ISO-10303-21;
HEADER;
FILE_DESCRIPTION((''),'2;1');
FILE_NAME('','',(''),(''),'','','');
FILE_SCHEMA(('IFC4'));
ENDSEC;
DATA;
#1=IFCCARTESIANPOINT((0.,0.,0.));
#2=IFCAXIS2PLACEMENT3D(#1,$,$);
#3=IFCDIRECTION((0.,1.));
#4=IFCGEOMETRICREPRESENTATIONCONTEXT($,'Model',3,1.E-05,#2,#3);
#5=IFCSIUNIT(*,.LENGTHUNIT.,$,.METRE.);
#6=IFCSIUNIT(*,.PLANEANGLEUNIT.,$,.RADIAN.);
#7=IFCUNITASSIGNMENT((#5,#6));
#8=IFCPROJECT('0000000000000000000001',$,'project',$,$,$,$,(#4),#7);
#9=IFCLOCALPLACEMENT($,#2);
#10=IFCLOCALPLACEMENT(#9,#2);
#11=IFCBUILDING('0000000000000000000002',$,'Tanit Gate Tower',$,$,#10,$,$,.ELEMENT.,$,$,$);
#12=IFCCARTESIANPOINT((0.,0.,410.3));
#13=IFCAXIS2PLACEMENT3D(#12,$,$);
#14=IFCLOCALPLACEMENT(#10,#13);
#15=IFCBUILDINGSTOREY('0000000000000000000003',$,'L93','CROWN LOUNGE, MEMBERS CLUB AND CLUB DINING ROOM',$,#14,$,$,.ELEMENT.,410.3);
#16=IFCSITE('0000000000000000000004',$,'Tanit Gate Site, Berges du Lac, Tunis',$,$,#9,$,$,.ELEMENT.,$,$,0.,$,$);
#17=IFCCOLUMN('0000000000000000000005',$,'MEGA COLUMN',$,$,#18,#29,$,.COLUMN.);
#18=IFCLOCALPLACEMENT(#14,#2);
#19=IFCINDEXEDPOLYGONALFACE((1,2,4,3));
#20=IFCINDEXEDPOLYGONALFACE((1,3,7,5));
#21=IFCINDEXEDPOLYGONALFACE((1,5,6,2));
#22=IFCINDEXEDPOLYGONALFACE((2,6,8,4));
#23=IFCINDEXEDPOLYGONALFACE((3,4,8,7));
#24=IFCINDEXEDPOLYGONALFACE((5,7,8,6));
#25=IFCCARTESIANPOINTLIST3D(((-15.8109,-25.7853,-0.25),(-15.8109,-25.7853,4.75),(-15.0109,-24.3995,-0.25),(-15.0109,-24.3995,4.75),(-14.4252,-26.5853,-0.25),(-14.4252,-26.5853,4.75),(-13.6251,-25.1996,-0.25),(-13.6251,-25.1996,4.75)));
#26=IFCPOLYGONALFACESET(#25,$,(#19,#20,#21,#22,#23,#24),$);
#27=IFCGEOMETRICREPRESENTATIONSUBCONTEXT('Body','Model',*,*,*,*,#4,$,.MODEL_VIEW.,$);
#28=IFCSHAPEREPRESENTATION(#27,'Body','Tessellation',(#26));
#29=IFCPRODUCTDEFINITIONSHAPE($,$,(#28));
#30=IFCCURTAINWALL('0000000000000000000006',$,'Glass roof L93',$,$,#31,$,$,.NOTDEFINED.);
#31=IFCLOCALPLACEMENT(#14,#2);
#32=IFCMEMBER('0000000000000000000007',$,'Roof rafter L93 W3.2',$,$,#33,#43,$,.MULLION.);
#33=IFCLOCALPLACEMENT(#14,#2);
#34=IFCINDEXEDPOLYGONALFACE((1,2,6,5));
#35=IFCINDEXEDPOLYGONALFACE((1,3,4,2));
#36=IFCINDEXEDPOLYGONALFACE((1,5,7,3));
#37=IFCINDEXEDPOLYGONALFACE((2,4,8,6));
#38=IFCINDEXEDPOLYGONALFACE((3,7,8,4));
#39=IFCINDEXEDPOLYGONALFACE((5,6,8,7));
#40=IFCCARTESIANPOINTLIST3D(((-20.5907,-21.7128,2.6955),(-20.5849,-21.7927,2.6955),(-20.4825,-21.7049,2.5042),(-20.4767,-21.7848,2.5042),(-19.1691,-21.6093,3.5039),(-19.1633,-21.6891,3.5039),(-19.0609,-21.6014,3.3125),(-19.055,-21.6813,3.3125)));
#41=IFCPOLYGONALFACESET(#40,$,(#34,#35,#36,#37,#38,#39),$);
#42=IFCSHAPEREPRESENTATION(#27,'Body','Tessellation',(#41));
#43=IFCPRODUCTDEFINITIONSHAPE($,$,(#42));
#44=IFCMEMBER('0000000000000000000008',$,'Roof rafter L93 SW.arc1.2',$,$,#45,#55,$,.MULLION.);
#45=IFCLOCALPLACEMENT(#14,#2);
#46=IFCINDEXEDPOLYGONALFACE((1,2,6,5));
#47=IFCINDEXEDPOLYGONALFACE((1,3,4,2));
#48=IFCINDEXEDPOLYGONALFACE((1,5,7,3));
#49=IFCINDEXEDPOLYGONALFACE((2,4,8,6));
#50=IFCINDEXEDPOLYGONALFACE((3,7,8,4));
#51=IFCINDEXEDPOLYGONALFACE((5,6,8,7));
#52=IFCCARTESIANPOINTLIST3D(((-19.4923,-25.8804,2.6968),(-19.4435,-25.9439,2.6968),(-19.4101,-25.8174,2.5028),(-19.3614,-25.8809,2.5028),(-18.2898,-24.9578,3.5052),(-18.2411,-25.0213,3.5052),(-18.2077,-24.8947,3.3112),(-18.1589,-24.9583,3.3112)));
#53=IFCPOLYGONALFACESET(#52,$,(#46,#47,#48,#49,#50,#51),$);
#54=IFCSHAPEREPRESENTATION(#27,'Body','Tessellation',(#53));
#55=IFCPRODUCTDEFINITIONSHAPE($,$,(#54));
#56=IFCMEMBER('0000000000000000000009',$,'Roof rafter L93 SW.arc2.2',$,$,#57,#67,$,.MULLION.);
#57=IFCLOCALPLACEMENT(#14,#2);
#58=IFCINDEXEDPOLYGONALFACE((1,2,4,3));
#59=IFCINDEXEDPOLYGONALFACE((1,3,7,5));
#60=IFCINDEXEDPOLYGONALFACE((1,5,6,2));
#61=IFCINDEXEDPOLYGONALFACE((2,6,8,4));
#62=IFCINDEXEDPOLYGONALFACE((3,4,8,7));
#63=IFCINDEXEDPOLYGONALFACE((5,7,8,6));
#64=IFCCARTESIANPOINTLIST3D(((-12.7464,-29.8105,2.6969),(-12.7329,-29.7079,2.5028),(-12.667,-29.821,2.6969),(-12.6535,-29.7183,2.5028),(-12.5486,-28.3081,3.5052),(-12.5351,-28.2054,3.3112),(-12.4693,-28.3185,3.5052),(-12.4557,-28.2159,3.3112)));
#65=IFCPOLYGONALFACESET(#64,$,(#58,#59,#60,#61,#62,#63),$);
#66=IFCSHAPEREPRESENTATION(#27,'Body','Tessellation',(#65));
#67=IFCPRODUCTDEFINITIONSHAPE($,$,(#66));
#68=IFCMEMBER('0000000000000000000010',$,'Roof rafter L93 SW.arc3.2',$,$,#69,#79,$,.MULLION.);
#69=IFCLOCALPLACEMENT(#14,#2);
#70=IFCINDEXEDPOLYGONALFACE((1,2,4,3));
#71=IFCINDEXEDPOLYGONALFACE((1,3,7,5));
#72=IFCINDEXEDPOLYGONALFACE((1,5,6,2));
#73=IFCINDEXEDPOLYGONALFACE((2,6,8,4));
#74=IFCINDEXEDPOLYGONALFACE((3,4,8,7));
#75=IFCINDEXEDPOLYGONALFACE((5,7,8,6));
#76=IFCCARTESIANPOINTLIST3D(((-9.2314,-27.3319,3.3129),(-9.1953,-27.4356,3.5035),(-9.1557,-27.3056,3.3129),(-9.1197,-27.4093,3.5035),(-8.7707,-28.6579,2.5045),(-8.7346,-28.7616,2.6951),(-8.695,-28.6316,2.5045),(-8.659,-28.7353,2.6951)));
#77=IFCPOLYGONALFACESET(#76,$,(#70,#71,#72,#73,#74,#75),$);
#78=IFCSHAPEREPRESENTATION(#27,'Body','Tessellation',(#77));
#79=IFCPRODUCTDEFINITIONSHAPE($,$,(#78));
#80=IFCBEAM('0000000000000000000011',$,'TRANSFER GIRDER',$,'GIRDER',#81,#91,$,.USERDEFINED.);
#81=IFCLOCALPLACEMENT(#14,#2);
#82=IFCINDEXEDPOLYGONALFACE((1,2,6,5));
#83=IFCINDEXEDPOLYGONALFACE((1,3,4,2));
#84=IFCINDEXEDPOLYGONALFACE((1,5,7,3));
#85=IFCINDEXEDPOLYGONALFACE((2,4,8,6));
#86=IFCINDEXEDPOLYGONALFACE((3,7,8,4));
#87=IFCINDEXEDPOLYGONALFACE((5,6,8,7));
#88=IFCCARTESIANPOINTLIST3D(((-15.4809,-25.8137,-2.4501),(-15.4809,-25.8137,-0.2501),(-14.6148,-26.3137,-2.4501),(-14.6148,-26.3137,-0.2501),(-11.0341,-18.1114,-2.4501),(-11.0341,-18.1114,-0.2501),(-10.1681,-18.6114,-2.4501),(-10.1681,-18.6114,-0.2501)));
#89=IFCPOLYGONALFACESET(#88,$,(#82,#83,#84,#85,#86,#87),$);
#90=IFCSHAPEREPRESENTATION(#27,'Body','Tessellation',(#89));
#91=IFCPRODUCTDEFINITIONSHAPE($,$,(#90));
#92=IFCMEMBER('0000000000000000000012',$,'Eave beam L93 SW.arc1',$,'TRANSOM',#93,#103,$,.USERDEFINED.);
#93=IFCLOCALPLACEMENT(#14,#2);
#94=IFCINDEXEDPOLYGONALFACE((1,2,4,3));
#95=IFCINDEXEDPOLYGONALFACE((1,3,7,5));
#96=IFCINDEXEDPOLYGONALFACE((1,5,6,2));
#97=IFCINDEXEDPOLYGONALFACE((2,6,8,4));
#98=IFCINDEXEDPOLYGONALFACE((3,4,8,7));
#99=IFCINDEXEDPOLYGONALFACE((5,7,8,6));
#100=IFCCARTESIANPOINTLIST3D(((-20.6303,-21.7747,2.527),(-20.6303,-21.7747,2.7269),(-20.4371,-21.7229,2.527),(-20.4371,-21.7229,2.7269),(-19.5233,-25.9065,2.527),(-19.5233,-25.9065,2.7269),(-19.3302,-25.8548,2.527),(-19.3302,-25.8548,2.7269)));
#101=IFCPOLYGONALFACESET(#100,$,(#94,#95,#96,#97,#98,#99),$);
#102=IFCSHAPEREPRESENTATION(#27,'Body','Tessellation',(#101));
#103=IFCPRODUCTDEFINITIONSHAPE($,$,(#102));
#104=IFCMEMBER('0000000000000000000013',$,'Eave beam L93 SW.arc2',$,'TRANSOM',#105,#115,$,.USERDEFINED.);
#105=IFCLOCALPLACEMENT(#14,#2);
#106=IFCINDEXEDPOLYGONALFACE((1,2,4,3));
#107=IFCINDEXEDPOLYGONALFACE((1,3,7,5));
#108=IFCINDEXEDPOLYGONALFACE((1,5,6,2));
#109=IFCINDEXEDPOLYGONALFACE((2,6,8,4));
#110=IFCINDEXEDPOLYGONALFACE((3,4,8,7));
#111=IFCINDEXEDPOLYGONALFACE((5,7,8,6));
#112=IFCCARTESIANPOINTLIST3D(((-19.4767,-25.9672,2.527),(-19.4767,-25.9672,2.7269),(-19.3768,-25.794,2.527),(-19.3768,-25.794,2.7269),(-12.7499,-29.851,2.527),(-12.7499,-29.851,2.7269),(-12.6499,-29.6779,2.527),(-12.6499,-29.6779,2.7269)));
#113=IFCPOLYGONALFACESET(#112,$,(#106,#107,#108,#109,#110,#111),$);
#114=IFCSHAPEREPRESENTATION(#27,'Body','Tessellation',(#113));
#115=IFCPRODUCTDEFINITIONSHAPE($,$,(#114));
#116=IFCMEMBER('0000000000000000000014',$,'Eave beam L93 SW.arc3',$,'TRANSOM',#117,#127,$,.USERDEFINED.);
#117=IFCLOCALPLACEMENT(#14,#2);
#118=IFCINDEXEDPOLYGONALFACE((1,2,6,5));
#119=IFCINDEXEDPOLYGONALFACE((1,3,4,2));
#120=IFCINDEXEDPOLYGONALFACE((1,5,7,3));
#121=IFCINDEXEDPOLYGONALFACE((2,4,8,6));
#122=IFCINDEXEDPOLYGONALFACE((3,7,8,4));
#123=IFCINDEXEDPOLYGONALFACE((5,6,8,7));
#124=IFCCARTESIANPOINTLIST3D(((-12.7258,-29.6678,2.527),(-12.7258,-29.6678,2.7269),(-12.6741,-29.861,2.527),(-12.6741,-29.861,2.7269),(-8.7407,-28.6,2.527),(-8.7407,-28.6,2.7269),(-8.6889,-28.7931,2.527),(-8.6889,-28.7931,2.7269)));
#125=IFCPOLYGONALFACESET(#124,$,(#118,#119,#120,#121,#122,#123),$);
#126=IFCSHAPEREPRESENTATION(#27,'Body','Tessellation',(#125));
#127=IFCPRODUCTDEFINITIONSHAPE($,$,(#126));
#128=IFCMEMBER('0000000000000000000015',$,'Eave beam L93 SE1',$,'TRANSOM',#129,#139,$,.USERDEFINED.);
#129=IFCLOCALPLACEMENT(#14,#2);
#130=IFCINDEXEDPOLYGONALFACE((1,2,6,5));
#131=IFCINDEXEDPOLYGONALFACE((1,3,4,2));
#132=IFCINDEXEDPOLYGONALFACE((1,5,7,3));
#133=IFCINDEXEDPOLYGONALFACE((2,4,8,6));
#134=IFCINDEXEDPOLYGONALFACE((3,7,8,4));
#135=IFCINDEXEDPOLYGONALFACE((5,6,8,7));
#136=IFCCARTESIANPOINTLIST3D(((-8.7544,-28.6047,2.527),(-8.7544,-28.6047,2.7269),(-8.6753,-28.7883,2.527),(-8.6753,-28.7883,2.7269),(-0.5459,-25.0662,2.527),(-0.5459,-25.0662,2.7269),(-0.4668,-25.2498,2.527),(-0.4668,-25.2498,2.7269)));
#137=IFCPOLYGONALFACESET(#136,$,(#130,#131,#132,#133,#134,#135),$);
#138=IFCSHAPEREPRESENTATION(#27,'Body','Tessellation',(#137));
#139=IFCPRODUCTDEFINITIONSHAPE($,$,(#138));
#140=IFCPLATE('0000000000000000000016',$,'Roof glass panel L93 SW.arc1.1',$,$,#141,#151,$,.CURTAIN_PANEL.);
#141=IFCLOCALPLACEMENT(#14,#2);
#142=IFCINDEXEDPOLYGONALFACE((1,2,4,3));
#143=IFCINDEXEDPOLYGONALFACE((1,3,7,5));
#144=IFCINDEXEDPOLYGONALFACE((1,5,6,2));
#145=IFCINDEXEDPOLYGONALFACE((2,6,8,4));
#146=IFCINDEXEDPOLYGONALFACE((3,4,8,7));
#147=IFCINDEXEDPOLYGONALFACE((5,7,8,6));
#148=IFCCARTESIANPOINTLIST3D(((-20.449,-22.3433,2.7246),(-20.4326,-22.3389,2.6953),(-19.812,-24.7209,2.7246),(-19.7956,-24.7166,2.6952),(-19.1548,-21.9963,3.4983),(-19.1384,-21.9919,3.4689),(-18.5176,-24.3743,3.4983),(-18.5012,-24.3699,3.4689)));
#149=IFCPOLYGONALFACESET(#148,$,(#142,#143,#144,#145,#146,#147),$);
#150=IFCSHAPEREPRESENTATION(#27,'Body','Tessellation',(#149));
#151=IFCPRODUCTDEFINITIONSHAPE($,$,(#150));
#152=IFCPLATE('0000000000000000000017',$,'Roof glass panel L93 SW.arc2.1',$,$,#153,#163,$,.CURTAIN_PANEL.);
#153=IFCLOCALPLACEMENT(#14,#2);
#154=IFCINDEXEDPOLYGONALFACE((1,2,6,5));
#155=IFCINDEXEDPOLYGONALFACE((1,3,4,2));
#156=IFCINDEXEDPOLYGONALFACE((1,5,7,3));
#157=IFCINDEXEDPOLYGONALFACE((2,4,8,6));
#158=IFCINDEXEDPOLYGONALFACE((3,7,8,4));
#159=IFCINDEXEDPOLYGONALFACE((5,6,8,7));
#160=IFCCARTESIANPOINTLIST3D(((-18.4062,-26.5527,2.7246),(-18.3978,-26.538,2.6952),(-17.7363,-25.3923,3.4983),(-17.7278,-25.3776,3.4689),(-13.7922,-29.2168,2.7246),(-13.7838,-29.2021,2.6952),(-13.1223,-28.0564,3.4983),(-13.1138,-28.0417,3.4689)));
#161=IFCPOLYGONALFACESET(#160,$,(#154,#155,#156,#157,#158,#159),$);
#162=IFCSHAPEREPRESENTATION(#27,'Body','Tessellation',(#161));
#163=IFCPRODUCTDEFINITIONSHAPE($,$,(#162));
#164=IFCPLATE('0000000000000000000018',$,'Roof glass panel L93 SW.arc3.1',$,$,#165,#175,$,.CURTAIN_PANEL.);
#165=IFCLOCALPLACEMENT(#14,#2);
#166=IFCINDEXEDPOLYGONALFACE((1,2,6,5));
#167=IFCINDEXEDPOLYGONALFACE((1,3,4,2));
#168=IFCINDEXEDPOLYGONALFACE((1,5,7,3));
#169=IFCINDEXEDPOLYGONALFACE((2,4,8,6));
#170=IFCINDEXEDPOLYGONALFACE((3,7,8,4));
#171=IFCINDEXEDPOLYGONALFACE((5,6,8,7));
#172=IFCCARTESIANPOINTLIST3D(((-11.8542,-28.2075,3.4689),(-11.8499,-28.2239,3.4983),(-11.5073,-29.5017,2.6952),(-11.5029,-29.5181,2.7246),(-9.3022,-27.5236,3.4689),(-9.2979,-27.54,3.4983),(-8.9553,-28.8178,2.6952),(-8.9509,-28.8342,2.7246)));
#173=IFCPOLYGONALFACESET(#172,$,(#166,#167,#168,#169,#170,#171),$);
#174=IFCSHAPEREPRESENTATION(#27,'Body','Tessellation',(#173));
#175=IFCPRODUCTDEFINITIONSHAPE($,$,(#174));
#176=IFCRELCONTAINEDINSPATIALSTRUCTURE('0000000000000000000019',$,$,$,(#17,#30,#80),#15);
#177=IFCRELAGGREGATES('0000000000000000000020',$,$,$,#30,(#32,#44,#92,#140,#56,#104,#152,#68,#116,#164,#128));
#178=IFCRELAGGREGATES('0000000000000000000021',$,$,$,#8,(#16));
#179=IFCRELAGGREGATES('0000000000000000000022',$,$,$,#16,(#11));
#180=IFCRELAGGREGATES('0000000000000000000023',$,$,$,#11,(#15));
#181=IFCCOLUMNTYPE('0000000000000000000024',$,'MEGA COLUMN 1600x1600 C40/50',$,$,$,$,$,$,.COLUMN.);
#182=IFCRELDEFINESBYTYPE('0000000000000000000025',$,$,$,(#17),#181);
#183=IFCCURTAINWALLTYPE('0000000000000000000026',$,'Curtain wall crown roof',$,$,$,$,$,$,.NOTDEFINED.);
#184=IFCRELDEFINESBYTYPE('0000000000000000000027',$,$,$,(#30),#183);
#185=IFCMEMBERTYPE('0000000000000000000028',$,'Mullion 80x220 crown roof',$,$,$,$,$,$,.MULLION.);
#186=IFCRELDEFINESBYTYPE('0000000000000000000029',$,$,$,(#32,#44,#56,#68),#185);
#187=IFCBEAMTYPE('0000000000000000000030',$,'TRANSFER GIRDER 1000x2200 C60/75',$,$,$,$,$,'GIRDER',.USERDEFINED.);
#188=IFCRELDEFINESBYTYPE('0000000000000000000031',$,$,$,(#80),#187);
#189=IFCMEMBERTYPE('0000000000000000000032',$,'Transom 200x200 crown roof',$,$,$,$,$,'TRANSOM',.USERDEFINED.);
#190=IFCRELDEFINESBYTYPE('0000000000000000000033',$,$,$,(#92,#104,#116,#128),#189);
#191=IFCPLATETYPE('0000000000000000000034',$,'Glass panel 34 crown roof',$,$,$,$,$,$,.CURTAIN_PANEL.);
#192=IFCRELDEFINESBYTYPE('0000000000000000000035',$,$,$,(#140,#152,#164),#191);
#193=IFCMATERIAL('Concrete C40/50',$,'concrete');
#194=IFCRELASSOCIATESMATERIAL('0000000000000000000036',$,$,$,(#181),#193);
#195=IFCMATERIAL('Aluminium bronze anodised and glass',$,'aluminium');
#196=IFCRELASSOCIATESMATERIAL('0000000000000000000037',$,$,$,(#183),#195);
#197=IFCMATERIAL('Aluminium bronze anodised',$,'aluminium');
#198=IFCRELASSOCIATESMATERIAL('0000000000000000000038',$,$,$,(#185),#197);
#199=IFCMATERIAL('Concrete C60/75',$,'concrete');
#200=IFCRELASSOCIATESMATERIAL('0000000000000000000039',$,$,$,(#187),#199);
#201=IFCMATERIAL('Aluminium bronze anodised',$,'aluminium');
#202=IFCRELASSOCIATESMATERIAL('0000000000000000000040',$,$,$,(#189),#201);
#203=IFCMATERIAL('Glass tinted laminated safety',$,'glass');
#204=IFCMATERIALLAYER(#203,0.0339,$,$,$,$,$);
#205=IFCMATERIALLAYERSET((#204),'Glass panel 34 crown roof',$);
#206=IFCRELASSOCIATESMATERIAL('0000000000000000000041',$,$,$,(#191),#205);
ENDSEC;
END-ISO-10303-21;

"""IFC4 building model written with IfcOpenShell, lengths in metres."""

from ifc_helpers import new_model, si_unit, direction, frame, origin, origin_2d, place, context, subcontext, project, spatial, polyline, rectangle, outline, extrude, material, layer, layer_set, material_profile, profile_set, type_object, element, aggregate, save


model = new_model("IFC4")

# Units and contexts
model_context = context("Model", 3, precision=1e-05, world=origin(), true_north=direction((0.0, 1.0)))
body_context = subcontext(model_context, "Body", "Model", "MODEL_VIEW")
ifc_project = project(units=[si_unit("LENGTHUNIT", "METRE"), si_unit("PLANEANGLEUNIT", "RADIAN")], contexts=[model_context])

# Site, building, storey
site_placement = place(None, origin())
site = spatial("IfcSite", under=ifc_project, at=site_placement, Name="Tanit Gate Site, Berges du Lac, Tunis", CompositionType="ELEMENT", RefElevation=0.0)
building_placement = place(site_placement, origin())
building = spatial("IfcBuilding", under=site, at=building_placement, Name="Tanit Gate Tower", CompositionType="ELEMENT")
storey_placement = place(building_placement, frame((0.0, 0.0, 410.3)))
storey = spatial("IfcBuildingStorey", under=building, at=storey_placement, Name="L93", Description="CROWN LOUNGE, MEMBERS CLUB AND CLUB DINING ROOM", CompositionType="ELEMENT", Elevation=410.3)

# Column
ifc_material_1 = material(Name="Concrete C40/50", Category="concrete")
ifc_material_profile_1 = material_profile(ifc_material_1, rectangle(XDim=1.6001, YDim=1.6001, at=origin_2d()), Name="RC 1600x1600")
ifc_profile_set_1 = profile_set([ifc_material_profile_1], Name="Concrete C40/50")
column_type = type_object("IfcColumnType", Name="MEGA COLUMN 1600x1600 C40/50", PredefinedType="COLUMN", material=ifc_profile_set_1)
column_placement = place(storey_placement, frame((-14.718, -25.4924, -0.25), z_axis=(0.0, 0.0, 1.0), x_axis=(-0.5, -0.866025, 0.0)))
element("IfcColumn", 1, at=column_placement, inside=storey, type_object=column_type, Name="MEGA COLUMN", PredefinedType="COLUMN", context=body_context, shape_type="SweptSolid", body=[
    extrude(rectangle(XDim=1.6001, YDim=1.6001, at=origin_2d()), origin(), (0.0, 0.0, 1.0), 5.0),
])

# Curtain wall, members
ifc_material_2 = material(Name="Aluminium bronze anodised and glass", Category="aluminium")
curtain_wall_type = type_object("IfcCurtainWallType", Name="Curtain wall crown roof", PredefinedType="NOTDEFINED", material=ifc_material_2)
curtain_wall_placement = place(storey_placement, origin())
curtain_wall = element("IfcCurtainWall", 2, at=curtain_wall_placement, inside=storey, type_object=curtain_wall_type, Name="Glass roof L93", PredefinedType="NOTDEFINED")
ifc_material_3 = material(Name="Aluminium bronze anodised", Category="aluminium")
ifc_material_profile_2 = material_profile(ifc_material_3, rectangle(XDim=0.0801, YDim=0.22, at=origin_2d()), Name="80x220 bronze rafter")
ifc_profile_set_2 = profile_set([ifc_material_profile_2], Name="Aluminium bronze anodised")
member_type_1 = type_object("IfcMemberType", Name="Mullion 80x220 crown roof", PredefinedType="MULLION", material=ifc_profile_set_2)
member_1_placement = place(storey_placement, frame((-19.1121, -21.6453, 3.4082), z_axis=(-0.867561, -0.063171, -0.493302), x_axis=(0.072622, -0.99736, 0.0)))
member_1 = element("IfcMember", 3, at=member_1_placement, type_object=member_type_1, Name="Roof rafter L93 W3.2", PredefinedType="MULLION", context=body_context, shape_type="SweptSolid", body=[
    extrude(rectangle(XDim=0.0801, YDim=0.22, at=origin_2d()), origin(), (0.0, 0.0, 1.0), 1.6387),
])
member_2_placement = place(storey_placement, frame((-18.2244, -24.958, 3.4082), z_axis=(-0.700015, -0.537128, -0.470609), x_axis=(0.608753, -0.79336, 0.0)))
member_2 = element("IfcMember", 4, at=member_2_placement, type_object=member_type_1, Name="Roof rafter L93 SW.arc1.2", PredefinedType="MULLION", context=body_context, shape_type="SweptSolid", body=[
    extrude(rectangle(XDim=0.0801, YDim=0.22, at=origin_2d()), origin(), (0.0, 0.0, 1.0), 1.7178),
])
member_3_placement = place(storey_placement, frame((-12.5022, -28.262, 3.4082), z_axis=(-0.115139, -0.874775, -0.47065), x_axis=(0.991449, -0.130496, 0.0)))
member_3 = element("IfcMember", 5, at=member_3_placement, type_object=member_type_1, Name="Roof rafter L93 SW.arc2.2", PredefinedType="MULLION", context=body_context, shape_type="SweptSolid", body=[
    extrude(rectangle(XDim=0.0801, YDim=0.22, at=origin_2d()), origin(), (0.0, 0.0, 1.0), 1.7175),
])
member_4_placement = place(storey_placement, frame((-9.1755, -27.3706, 3.4082), z_axis=(0.284414, -0.818575, -0.499043), x_axis=(0.944607, 0.328204, 0.0)))
member_4 = element("IfcMember", 6, at=member_4_placement, type_object=member_type_1, Name="Roof rafter L93 SW.arc3.2", PredefinedType="MULLION", context=body_context, shape_type="SweptSolid", body=[
    extrude(rectangle(XDim=0.0801, YDim=0.22, at=origin_2d()), origin(), (0.0, 0.0, 1.0), 1.6199),
])

# Beam
ifc_material_4 = material(Name="Concrete C60/75", Category="concrete")
ifc_material_profile_3 = material_profile(ifc_material_4, rectangle(XDim=1.0, YDim=2.2, at=origin_2d()), Name="RC 1000x2200")
ifc_profile_set_3 = profile_set([ifc_material_profile_3], Name="Concrete C60/75")
beam_type = type_object("IfcBeamType", Name="TRANSFER GIRDER 1000x2200 C60/75", ElementType="GIRDER", PredefinedType="USERDEFINED", material=ifc_profile_set_3)
beam_placement = place(storey_placement, frame((-15.0479, -26.0637, -1.3501), z_axis=(0.499983, 0.866035, 0.0), x_axis=(-0.866035, 0.499983, 0.0)))
element("IfcBeam", 7, at=beam_placement, inside=storey, type_object=beam_type, Name="TRANSFER GIRDER", ObjectType="GIRDER", PredefinedType="USERDEFINED", context=body_context, shape_type="SweptSolid", body=[
    extrude(rectangle(XDim=1.0, YDim=2.2, at=origin_2d()), origin(), (0.0, 0.0, 1.0), 8.8938),
])

# Members
ifc_material_5 = material(Name="Aluminium bronze anodised", Category="aluminium")
ifc_material_profile_4 = material_profile(ifc_material_5, rectangle(XDim=0.2, YDim=0.2, at=origin_2d()), Name="200x200 bronze transom")
ifc_profile_set_4 = profile_set([ifc_material_profile_4], Name="Aluminium bronze anodised")
member_type_2 = type_object("IfcMemberType", Name="Transom 200x200 crown roof", ElementType="TRANSOM", PredefinedType="USERDEFINED", material=ifc_profile_set_4)
member_5_placement = place(storey_placement, frame((-20.5337, -21.7488, 2.627), z_axis=(0.258778, -0.965937, 0.0), x_axis=(0.965937, 0.258778, 0.0)))
member_5 = element("IfcMember", 8, at=member_5_placement, type_object=member_type_2, Name="Eave beam L93 SW.arc1", ObjectType="TRANSOM", PredefinedType="USERDEFINED", context=body_context, shape_type="SweptSolid", body=[
    extrude(rectangle(XDim=0.2, YDim=0.2, at=origin_2d()), origin(), (0.0, 0.0, 1.0), 4.2776),
])
member_6_placement = place(storey_placement, frame((-19.4268, -25.8806, 2.627), z_axis=(0.866022, -0.500006, 0.0), x_axis=(0.500006, 0.866022, 0.0)))
member_6 = element("IfcMember", 9, at=member_6_placement, type_object=member_type_2, Name="Eave beam L93 SW.arc2", ObjectType="TRANSOM", PredefinedType="USERDEFINED", context=body_context, shape_type="SweptSolid", body=[
    extrude(rectangle(XDim=0.2, YDim=0.2, at=origin_2d()), origin(), (0.0, 0.0, 1.0), 7.7676),
])
member_7_placement = place(storey_placement, frame((-12.7, -29.7644, 2.627), z_axis=(0.965922, 0.258834, 0.0), x_axis=(-0.258834, 0.965922, 0.0)))
member_7 = element("IfcMember", 10, at=member_7_placement, type_object=member_type_2, Name="Eave beam L93 SW.arc3", ObjectType="TRANSOM", PredefinedType="USERDEFINED", context=body_context, shape_type="SweptSolid", body=[
    extrude(rectangle(XDim=0.2, YDim=0.2, at=origin_2d()), origin(), (0.0, 0.0, 1.0), 4.1257),
])
member_8_placement = place(storey_placement, frame((-8.7148, -28.6965, 2.627), z_axis=(0.918307, 0.39587, 0.0), x_axis=(-0.39587, 0.918307, 0.0)))
member_8 = element("IfcMember", 11, at=member_8_placement, type_object=member_type_2, Name="Eave beam L93 SE1", ObjectType="TRANSOM", PredefinedType="USERDEFINED", context=body_context, shape_type="SweptSolid", body=[
    extrude(rectangle(XDim=0.2, YDim=0.2, at=origin_2d()), origin(), (0.0, 0.0, 1.0), 8.9387),
])

# Plates
ifc_material_6 = material(Name="Glass tinted laminated safety", Category="glass")
ifc_layer_1 = layer(ifc_material_6, 0.0339)
ifc_layer_set_1 = layer_set([ifc_layer_1], Name="Glass panel 34 crown roof")
plate_type = type_object("IfcPlateType", Name="Glass panel 34 crown roof", PredefinedType="CURTAIN_PANEL", material=ifc_layer_set_1)
plate_1_placement = place(storey_placement, frame((-19.1548, -21.9963, 3.4983), z_axis=(-0.482989, -0.129407, 0.866011), x_axis=(0.258827, -0.965924, 0.000015)))
plate_1 = element("IfcPlate", 12, at=plate_1_placement, type_object=plate_type, Name="Roof glass panel L93 SW.arc1.1", PredefinedType="CURTAIN_PANEL", context=body_context, shape_type="SweptSolid", body=[
    extrude(outline(polyline([(0.0, 0.0), (2.4618, 0.0), (2.4616, -1.5474), (0.0001, -1.5472), (0.0, 0.0)])), origin(), (0.0, 0.0, -1.0), 0.0339),
])
plate_2_placement = place(storey_placement, frame((-17.7363, -25.3923, 3.4983), z_axis=(-0.250034, -0.433045, 0.866), x_axis=(0.866012, -0.500023, 0.0)))
plate_2 = element("IfcPlate", 13, at=plate_2_placement, type_object=plate_type, Name="Roof glass panel L93 SW.arc2.1", PredefinedType="CURTAIN_PANEL", context=body_context, shape_type="SweptSolid", body=[
    extrude(outline(polyline([(0.0, 0.0), (5.3279, 0.0), (5.328, -1.5472), (0.0001, -1.5472), (0.0, 0.0)])), origin(), (0.0, 0.0, -1.0), 0.0339),
])
plate_3_placement = place(storey_placement, frame((-11.8499, -28.2239, 3.4983), z_axis=(0.129428, -0.483009, 0.865997), x_axis=(0.965923, 0.25883, 0.0)))
plate_3 = element("IfcPlate", 14, at=plate_3_placement, type_object=plate_type, Name="Roof glass panel L93 SW.arc3.1", PredefinedType="CURTAIN_PANEL", context=body_context, shape_type="SweptSolid", body=[
    extrude(outline(polyline([(0.0, 0.0), (2.642, 0.0), (2.6422, -1.5472), (0.0001, -1.5472), (0.0, 0.0)])), origin(), (0.0, 0.0, -1.0), 0.0339),
])
aggregate(curtain_wall, [member_1, member_2, member_5, plate_1, member_3, member_6, plate_2, member_4, member_7, plate_3, member_8])

save(model, "model.ifc")
